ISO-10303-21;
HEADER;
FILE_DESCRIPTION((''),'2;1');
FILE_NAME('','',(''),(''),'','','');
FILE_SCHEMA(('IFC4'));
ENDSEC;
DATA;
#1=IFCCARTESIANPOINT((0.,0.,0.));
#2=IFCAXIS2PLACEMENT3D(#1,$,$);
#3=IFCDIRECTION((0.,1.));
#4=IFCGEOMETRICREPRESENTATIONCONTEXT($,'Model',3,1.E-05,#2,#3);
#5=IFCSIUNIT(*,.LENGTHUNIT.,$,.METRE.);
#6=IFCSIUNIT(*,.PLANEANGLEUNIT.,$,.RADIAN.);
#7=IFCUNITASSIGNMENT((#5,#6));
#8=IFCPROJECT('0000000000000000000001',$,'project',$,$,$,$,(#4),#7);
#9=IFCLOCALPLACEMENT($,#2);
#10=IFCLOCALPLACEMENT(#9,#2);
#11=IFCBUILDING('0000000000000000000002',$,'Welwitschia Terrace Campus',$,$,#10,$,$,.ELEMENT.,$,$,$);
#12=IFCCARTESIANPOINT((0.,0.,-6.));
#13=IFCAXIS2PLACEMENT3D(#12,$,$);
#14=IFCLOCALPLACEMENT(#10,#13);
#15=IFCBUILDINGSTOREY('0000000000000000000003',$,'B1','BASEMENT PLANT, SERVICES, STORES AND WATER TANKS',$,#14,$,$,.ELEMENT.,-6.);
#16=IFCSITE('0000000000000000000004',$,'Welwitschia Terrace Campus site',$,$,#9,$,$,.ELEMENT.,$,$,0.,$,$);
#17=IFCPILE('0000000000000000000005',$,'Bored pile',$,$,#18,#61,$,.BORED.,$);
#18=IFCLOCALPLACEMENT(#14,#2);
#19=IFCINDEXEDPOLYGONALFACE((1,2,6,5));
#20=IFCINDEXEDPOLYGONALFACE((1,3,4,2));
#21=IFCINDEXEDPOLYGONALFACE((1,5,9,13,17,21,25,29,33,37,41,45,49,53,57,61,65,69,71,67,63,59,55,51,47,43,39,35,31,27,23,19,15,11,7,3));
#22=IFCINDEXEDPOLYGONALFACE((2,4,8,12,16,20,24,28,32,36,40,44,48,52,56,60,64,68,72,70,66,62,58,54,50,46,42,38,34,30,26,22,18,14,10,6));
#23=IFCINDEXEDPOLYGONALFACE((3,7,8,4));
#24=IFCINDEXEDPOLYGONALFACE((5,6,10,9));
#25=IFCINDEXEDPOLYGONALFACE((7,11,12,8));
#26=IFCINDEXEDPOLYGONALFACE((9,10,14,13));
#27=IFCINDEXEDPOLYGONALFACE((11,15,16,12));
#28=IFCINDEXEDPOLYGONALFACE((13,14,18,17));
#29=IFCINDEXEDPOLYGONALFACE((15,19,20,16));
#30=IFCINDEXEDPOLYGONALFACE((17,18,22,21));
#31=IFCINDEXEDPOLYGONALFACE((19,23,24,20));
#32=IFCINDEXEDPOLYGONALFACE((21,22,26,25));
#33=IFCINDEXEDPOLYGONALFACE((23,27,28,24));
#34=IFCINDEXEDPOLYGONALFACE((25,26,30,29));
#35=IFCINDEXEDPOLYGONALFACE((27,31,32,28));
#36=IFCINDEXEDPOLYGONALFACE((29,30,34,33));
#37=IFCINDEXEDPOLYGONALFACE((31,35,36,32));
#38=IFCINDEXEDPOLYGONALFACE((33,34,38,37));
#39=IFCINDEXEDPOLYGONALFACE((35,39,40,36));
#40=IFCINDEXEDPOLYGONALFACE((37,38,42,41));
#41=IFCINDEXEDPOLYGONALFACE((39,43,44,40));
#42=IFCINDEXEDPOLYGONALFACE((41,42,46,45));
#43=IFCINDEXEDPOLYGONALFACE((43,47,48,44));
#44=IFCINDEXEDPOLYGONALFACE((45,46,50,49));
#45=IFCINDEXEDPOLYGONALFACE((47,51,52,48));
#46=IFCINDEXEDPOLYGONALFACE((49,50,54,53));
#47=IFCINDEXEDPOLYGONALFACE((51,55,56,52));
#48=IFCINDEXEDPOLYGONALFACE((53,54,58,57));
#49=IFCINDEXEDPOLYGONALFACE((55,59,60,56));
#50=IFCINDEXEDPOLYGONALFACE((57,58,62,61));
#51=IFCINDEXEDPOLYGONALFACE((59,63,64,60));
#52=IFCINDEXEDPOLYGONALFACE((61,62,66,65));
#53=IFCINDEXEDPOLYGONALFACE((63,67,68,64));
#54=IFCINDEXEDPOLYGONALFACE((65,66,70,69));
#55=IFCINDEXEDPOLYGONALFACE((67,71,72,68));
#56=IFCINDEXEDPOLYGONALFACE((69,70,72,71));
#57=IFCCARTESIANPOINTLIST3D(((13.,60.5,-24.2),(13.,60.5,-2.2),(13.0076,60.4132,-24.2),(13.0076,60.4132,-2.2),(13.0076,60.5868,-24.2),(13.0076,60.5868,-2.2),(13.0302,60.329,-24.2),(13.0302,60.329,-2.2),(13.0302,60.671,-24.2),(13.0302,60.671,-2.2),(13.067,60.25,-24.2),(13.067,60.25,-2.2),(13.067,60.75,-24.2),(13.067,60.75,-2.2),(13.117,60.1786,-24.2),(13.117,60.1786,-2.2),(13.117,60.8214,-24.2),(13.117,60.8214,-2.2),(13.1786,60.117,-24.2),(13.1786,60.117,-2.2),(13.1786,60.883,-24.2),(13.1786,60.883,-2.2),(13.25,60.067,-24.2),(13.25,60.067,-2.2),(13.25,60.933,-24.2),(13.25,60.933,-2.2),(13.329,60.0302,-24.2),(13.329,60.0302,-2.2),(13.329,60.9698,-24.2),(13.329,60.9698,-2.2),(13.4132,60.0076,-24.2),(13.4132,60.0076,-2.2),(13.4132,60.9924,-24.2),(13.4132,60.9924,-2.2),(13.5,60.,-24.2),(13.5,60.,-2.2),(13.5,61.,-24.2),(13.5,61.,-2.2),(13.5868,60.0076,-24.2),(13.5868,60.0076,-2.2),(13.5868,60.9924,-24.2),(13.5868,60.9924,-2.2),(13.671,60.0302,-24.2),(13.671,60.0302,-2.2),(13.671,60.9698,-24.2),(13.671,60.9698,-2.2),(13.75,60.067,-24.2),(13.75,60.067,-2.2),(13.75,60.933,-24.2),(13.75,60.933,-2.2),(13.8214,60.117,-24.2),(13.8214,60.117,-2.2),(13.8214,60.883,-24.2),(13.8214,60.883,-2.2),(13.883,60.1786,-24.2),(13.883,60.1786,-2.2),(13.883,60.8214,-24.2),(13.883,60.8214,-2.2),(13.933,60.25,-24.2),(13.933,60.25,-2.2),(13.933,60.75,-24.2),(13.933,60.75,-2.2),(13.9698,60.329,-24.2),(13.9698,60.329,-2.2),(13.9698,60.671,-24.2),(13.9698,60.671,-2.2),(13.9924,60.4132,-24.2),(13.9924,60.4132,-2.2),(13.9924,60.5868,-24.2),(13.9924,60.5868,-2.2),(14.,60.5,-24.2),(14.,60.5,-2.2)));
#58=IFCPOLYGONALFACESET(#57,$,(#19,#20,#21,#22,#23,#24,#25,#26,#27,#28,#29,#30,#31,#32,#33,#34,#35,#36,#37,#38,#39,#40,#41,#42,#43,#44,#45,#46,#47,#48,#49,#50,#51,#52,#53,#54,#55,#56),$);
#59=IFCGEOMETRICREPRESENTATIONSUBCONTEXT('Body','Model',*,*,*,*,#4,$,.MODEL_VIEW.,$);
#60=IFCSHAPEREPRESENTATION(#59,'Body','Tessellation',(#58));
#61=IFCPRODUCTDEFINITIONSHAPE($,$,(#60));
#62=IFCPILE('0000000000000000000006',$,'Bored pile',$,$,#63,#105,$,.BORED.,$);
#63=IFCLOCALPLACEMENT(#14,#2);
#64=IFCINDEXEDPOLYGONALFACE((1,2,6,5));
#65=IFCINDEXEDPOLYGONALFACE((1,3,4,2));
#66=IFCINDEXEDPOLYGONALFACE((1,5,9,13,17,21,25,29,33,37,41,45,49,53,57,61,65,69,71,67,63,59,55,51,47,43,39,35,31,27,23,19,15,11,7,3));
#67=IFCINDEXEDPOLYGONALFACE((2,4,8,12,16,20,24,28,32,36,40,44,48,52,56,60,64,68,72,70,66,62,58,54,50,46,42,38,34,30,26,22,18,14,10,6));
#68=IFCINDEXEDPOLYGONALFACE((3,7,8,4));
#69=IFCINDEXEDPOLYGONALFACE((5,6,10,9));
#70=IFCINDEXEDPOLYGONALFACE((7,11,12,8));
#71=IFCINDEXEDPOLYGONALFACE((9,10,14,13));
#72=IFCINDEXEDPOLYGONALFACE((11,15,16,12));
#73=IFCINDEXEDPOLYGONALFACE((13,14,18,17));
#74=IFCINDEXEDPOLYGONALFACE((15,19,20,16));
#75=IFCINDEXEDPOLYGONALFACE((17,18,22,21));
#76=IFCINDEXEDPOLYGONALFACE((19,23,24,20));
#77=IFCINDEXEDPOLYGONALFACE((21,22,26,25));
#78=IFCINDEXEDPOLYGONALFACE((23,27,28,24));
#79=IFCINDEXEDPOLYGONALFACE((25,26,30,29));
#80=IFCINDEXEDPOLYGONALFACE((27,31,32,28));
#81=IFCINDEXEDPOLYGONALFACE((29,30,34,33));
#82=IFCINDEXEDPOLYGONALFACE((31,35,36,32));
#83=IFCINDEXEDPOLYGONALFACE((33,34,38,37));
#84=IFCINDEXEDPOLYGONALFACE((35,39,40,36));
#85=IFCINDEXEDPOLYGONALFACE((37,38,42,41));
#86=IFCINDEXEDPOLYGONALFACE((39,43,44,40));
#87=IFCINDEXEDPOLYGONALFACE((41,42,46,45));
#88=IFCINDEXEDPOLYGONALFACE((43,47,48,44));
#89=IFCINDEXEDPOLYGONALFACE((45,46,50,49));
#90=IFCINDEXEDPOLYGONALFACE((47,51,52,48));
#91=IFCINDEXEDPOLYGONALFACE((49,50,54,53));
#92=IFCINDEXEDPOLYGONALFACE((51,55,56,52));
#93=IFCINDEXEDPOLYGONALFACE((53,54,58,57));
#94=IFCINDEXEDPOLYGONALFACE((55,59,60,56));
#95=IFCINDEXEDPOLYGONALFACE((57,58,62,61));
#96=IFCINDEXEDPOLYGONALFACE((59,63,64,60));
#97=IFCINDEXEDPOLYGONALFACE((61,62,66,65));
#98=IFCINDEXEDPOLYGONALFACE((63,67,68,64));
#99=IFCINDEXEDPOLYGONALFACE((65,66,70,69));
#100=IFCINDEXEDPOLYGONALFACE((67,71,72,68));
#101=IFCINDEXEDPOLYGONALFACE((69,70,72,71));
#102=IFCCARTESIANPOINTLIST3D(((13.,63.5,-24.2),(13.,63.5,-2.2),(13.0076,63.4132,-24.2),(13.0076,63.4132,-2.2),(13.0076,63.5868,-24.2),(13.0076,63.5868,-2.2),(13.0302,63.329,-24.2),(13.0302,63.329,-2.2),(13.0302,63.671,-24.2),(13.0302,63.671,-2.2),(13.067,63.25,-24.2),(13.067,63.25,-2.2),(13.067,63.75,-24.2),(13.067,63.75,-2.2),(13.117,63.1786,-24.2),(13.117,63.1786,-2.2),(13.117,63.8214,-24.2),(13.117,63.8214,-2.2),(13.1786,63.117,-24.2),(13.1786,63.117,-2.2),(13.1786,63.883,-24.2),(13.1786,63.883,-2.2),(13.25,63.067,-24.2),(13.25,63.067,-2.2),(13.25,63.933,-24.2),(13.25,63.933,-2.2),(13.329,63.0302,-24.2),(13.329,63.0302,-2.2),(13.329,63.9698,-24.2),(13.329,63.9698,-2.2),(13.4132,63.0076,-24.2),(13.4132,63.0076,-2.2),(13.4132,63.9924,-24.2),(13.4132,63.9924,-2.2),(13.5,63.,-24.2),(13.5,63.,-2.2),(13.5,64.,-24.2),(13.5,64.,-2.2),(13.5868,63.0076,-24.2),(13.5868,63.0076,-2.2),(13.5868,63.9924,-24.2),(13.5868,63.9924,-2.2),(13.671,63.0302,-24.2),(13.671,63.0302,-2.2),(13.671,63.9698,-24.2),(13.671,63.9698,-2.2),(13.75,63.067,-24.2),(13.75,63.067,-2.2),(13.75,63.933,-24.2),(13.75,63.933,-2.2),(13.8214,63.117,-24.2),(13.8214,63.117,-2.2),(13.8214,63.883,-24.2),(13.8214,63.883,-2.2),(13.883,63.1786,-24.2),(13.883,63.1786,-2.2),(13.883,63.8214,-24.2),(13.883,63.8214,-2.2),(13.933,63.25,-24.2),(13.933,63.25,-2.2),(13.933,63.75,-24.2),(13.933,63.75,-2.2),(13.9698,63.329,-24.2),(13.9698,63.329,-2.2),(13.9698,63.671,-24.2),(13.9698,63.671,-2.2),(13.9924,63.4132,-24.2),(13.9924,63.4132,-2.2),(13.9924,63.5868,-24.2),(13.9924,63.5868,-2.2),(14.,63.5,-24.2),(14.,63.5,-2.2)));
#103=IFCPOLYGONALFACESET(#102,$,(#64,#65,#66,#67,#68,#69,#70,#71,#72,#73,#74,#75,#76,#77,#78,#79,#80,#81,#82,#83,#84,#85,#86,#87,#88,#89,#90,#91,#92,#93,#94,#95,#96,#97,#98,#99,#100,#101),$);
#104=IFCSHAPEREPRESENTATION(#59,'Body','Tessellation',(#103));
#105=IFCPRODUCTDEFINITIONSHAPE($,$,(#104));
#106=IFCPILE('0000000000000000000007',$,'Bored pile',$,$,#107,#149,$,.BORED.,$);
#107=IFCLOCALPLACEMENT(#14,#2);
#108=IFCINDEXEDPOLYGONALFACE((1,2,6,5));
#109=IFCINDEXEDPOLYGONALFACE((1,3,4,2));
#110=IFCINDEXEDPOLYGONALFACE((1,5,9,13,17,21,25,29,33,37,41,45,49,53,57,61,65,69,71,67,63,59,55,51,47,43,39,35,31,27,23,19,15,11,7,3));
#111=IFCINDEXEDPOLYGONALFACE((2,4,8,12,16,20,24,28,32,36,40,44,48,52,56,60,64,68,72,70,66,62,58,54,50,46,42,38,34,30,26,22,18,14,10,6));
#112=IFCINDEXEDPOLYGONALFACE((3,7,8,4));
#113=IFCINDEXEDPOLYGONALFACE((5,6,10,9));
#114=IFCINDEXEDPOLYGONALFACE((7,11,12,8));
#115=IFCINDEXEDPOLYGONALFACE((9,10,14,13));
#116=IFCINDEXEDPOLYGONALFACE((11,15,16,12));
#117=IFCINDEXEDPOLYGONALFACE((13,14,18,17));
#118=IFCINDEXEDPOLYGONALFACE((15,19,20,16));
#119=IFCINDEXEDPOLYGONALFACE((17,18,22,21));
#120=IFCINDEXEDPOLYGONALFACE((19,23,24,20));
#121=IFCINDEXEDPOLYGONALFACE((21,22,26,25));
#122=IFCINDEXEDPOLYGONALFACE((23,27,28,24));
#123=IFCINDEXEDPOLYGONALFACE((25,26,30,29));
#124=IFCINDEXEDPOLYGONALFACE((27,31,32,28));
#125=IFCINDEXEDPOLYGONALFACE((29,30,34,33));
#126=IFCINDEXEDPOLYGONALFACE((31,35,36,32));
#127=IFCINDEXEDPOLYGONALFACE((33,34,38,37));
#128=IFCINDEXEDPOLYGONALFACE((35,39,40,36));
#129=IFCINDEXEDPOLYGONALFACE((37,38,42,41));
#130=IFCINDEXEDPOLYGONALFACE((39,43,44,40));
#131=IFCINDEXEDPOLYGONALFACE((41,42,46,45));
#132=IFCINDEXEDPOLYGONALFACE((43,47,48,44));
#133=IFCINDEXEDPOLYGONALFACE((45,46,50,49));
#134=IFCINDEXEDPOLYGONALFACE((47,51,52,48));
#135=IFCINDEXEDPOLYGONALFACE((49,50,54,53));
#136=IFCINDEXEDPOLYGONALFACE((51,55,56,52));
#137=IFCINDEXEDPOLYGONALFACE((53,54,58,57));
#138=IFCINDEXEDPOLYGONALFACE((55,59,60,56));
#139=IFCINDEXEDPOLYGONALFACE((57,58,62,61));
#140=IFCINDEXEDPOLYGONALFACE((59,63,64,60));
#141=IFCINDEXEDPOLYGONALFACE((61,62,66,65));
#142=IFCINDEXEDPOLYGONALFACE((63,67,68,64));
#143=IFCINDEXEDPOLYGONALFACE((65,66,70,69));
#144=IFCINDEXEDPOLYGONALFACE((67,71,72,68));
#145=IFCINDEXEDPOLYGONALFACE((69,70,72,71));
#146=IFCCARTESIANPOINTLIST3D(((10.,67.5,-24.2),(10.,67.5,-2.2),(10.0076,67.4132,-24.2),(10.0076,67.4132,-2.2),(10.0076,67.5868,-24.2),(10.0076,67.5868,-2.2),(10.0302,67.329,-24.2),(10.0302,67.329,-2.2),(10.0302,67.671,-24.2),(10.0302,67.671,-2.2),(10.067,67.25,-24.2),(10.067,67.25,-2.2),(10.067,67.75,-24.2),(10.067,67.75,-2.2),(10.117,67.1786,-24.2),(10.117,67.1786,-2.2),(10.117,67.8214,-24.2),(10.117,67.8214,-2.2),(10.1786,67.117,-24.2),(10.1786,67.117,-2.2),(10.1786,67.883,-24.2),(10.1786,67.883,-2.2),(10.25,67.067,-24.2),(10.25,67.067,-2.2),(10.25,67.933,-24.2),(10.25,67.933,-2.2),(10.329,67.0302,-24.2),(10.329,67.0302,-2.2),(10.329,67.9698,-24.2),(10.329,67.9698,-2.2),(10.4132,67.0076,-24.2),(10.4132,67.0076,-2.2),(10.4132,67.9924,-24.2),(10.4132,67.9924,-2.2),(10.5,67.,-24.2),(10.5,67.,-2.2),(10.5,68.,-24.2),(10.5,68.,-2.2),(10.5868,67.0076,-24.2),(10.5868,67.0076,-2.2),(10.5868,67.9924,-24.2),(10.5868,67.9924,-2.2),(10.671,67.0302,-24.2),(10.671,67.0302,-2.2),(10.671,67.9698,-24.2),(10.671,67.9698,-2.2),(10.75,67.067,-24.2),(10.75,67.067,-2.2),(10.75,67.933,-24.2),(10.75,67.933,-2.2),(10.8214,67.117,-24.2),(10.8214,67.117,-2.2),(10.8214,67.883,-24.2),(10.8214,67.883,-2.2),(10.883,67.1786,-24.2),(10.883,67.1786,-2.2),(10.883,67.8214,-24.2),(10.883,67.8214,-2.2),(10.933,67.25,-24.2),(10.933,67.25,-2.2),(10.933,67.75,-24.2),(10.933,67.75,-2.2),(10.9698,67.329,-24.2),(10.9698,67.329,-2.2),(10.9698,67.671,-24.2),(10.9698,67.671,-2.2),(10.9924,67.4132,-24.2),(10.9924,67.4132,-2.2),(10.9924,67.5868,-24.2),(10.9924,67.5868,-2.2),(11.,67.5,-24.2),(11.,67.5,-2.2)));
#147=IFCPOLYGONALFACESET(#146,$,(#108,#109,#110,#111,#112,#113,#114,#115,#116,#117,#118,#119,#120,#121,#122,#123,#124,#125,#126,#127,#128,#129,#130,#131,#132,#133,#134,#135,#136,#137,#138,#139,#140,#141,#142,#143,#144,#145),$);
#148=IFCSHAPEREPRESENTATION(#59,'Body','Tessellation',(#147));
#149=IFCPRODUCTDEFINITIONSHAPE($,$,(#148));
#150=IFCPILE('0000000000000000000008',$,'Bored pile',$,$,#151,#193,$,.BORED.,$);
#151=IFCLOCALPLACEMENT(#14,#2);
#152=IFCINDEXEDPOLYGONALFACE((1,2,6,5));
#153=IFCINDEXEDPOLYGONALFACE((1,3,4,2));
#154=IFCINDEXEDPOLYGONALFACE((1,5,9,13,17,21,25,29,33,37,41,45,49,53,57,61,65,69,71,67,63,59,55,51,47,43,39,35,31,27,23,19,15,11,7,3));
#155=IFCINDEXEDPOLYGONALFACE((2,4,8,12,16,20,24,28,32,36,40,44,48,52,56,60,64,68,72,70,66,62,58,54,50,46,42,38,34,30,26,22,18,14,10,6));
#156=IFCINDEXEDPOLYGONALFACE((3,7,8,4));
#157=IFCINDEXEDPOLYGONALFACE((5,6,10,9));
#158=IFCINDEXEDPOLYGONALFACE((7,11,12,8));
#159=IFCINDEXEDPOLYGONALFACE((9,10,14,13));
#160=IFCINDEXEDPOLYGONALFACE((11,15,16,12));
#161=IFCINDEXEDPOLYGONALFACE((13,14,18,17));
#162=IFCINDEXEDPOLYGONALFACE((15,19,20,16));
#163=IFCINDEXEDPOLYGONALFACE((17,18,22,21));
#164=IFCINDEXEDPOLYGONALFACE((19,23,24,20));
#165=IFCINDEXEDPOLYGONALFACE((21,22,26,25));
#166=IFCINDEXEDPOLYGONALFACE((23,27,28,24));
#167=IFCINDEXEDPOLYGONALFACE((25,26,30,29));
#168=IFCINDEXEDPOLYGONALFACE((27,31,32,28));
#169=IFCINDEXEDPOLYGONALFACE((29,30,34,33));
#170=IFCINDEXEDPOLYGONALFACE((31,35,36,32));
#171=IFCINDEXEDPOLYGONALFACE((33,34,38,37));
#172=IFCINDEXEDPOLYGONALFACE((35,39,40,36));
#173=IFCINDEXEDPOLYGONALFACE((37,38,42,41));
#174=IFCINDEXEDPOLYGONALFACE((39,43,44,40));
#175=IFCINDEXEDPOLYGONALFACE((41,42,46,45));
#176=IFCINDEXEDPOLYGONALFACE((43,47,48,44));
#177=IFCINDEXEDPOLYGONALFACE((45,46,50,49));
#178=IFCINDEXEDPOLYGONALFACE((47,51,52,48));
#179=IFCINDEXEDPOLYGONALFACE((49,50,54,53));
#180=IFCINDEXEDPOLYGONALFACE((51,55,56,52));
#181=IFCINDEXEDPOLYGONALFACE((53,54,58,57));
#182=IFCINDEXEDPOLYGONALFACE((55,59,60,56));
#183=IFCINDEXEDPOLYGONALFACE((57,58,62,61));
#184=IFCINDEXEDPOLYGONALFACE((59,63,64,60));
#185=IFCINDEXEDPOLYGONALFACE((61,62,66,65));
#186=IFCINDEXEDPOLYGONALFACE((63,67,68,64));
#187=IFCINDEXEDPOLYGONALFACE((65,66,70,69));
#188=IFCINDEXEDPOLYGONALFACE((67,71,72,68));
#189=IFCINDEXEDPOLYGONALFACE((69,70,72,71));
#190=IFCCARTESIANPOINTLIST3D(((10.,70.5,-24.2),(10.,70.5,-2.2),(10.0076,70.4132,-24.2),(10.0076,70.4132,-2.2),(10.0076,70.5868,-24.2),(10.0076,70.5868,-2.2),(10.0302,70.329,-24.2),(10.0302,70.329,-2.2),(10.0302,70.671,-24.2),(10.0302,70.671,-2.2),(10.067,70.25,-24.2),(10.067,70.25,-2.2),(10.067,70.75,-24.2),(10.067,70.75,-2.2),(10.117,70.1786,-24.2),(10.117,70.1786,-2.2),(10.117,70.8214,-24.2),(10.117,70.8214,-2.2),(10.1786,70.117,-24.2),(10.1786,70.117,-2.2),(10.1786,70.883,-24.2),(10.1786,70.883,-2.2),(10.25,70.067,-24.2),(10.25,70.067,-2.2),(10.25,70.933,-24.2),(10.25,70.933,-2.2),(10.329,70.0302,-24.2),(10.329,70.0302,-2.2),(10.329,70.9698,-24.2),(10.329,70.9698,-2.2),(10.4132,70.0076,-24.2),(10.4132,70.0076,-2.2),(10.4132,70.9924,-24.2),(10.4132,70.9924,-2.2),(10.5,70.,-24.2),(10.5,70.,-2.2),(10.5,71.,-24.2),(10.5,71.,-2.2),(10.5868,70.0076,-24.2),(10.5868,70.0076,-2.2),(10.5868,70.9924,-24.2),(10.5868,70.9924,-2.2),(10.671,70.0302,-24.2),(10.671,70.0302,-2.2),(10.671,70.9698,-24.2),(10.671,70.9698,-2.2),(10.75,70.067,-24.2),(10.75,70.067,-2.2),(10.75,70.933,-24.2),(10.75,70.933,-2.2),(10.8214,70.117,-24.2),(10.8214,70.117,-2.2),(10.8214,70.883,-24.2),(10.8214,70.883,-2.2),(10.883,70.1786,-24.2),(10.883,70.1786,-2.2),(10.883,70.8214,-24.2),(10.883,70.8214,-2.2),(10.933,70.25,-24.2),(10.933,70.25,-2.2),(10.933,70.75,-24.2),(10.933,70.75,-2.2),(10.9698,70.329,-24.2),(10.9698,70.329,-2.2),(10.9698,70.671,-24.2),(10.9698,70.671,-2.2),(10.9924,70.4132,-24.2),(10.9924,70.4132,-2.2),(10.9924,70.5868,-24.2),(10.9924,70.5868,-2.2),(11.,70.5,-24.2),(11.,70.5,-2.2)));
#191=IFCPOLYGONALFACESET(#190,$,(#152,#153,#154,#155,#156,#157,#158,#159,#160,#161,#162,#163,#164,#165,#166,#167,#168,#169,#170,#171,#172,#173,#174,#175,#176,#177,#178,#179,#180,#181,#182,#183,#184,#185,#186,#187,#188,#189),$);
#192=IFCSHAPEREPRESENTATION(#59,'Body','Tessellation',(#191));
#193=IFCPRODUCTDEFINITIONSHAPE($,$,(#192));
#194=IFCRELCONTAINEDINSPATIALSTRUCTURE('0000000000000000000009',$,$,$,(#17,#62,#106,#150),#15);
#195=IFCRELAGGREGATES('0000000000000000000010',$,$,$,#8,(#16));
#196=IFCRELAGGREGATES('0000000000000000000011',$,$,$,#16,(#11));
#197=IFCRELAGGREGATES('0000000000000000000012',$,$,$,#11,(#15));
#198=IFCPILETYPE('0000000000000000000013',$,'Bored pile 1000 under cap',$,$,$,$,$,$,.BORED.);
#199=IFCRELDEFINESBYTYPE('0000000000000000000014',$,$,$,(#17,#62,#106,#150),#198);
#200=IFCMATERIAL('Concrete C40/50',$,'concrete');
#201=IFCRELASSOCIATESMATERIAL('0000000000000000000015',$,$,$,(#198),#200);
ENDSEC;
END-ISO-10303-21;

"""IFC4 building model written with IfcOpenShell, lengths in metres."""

from ifc_helpers import new_model, si_unit, direction, frame, origin, origin_2d, place, context, subcontext, project, spatial, circle, extrude, material, type_object, element, save


model = new_model("IFC4")

# Units and contexts
model_context = context("Model", 3, precision=1e-05, world=origin(), true_north=direction((0.0, 1.0)))
body_context = subcontext(model_context, "Body", "Model", "MODEL_VIEW")
ifc_project = project(units=[si_unit("LENGTHUNIT", "METRE"), si_unit("PLANEANGLEUNIT", "RADIAN")], contexts=[model_context])

# Site, building, storey
site_placement = place(None, origin())
site = spatial("IfcSite", under=ifc_project, at=site_placement, Name="Welwitschia Terrace Campus site", CompositionType="ELEMENT", RefElevation=0.0)
building_placement = place(site_placement, origin())
building = spatial("IfcBuilding", under=site, at=building_placement, Name="Welwitschia Terrace Campus", CompositionType="ELEMENT")
storey_placement = place(building_placement, frame((0.0, 0.0, -6.0)))
storey = spatial("IfcBuildingStorey", under=building, at=storey_placement, Name="B1", Description="BASEMENT PLANT, SERVICES, STORES AND WATER TANKS", CompositionType="ELEMENT", Elevation=-6.0)

# Piles
ifc_material_1 = material(Name="Concrete C40/50", Category="concrete")
pile_type = type_object("IfcPileType", Name="Bored pile 1000 under cap", PredefinedType="BORED", material=ifc_material_1)
for number, where, z_axis, x_axis, name in (
    (1, (13.5, 60.5, -2.2), (0.0, 0.0, -1.0), (1.0, 0.0, 0.0), "Bored pile"),
    (2, (13.5, 63.5, -2.2), (0.0, 0.0, -1.0), (1.0, 0.0, 0.0), "Bored pile"),
    (3, (10.5, 67.5, -2.2), (0.0, 0.0, -1.0), (1.0, 0.0, 0.0), "Bored pile"),
    (4, (10.5, 70.5, -2.2), (0.0, 0.0, -1.0), (1.0, 0.0, 0.0), "Bored pile"),
):
    element("IfcPile", number, at=place(storey_placement, frame(where, z_axis=z_axis, x_axis=x_axis)), inside=storey, type_object=pile_type, Name=name, PredefinedType="BORED", context=body_context, shape_type="SweptSolid", body=[
        extrude(circle(Radius=0.5, at=origin_2d()), origin(), (0.0, 0.0, 1.0), 22.0),
    ])

save(model, "model.ifc")
